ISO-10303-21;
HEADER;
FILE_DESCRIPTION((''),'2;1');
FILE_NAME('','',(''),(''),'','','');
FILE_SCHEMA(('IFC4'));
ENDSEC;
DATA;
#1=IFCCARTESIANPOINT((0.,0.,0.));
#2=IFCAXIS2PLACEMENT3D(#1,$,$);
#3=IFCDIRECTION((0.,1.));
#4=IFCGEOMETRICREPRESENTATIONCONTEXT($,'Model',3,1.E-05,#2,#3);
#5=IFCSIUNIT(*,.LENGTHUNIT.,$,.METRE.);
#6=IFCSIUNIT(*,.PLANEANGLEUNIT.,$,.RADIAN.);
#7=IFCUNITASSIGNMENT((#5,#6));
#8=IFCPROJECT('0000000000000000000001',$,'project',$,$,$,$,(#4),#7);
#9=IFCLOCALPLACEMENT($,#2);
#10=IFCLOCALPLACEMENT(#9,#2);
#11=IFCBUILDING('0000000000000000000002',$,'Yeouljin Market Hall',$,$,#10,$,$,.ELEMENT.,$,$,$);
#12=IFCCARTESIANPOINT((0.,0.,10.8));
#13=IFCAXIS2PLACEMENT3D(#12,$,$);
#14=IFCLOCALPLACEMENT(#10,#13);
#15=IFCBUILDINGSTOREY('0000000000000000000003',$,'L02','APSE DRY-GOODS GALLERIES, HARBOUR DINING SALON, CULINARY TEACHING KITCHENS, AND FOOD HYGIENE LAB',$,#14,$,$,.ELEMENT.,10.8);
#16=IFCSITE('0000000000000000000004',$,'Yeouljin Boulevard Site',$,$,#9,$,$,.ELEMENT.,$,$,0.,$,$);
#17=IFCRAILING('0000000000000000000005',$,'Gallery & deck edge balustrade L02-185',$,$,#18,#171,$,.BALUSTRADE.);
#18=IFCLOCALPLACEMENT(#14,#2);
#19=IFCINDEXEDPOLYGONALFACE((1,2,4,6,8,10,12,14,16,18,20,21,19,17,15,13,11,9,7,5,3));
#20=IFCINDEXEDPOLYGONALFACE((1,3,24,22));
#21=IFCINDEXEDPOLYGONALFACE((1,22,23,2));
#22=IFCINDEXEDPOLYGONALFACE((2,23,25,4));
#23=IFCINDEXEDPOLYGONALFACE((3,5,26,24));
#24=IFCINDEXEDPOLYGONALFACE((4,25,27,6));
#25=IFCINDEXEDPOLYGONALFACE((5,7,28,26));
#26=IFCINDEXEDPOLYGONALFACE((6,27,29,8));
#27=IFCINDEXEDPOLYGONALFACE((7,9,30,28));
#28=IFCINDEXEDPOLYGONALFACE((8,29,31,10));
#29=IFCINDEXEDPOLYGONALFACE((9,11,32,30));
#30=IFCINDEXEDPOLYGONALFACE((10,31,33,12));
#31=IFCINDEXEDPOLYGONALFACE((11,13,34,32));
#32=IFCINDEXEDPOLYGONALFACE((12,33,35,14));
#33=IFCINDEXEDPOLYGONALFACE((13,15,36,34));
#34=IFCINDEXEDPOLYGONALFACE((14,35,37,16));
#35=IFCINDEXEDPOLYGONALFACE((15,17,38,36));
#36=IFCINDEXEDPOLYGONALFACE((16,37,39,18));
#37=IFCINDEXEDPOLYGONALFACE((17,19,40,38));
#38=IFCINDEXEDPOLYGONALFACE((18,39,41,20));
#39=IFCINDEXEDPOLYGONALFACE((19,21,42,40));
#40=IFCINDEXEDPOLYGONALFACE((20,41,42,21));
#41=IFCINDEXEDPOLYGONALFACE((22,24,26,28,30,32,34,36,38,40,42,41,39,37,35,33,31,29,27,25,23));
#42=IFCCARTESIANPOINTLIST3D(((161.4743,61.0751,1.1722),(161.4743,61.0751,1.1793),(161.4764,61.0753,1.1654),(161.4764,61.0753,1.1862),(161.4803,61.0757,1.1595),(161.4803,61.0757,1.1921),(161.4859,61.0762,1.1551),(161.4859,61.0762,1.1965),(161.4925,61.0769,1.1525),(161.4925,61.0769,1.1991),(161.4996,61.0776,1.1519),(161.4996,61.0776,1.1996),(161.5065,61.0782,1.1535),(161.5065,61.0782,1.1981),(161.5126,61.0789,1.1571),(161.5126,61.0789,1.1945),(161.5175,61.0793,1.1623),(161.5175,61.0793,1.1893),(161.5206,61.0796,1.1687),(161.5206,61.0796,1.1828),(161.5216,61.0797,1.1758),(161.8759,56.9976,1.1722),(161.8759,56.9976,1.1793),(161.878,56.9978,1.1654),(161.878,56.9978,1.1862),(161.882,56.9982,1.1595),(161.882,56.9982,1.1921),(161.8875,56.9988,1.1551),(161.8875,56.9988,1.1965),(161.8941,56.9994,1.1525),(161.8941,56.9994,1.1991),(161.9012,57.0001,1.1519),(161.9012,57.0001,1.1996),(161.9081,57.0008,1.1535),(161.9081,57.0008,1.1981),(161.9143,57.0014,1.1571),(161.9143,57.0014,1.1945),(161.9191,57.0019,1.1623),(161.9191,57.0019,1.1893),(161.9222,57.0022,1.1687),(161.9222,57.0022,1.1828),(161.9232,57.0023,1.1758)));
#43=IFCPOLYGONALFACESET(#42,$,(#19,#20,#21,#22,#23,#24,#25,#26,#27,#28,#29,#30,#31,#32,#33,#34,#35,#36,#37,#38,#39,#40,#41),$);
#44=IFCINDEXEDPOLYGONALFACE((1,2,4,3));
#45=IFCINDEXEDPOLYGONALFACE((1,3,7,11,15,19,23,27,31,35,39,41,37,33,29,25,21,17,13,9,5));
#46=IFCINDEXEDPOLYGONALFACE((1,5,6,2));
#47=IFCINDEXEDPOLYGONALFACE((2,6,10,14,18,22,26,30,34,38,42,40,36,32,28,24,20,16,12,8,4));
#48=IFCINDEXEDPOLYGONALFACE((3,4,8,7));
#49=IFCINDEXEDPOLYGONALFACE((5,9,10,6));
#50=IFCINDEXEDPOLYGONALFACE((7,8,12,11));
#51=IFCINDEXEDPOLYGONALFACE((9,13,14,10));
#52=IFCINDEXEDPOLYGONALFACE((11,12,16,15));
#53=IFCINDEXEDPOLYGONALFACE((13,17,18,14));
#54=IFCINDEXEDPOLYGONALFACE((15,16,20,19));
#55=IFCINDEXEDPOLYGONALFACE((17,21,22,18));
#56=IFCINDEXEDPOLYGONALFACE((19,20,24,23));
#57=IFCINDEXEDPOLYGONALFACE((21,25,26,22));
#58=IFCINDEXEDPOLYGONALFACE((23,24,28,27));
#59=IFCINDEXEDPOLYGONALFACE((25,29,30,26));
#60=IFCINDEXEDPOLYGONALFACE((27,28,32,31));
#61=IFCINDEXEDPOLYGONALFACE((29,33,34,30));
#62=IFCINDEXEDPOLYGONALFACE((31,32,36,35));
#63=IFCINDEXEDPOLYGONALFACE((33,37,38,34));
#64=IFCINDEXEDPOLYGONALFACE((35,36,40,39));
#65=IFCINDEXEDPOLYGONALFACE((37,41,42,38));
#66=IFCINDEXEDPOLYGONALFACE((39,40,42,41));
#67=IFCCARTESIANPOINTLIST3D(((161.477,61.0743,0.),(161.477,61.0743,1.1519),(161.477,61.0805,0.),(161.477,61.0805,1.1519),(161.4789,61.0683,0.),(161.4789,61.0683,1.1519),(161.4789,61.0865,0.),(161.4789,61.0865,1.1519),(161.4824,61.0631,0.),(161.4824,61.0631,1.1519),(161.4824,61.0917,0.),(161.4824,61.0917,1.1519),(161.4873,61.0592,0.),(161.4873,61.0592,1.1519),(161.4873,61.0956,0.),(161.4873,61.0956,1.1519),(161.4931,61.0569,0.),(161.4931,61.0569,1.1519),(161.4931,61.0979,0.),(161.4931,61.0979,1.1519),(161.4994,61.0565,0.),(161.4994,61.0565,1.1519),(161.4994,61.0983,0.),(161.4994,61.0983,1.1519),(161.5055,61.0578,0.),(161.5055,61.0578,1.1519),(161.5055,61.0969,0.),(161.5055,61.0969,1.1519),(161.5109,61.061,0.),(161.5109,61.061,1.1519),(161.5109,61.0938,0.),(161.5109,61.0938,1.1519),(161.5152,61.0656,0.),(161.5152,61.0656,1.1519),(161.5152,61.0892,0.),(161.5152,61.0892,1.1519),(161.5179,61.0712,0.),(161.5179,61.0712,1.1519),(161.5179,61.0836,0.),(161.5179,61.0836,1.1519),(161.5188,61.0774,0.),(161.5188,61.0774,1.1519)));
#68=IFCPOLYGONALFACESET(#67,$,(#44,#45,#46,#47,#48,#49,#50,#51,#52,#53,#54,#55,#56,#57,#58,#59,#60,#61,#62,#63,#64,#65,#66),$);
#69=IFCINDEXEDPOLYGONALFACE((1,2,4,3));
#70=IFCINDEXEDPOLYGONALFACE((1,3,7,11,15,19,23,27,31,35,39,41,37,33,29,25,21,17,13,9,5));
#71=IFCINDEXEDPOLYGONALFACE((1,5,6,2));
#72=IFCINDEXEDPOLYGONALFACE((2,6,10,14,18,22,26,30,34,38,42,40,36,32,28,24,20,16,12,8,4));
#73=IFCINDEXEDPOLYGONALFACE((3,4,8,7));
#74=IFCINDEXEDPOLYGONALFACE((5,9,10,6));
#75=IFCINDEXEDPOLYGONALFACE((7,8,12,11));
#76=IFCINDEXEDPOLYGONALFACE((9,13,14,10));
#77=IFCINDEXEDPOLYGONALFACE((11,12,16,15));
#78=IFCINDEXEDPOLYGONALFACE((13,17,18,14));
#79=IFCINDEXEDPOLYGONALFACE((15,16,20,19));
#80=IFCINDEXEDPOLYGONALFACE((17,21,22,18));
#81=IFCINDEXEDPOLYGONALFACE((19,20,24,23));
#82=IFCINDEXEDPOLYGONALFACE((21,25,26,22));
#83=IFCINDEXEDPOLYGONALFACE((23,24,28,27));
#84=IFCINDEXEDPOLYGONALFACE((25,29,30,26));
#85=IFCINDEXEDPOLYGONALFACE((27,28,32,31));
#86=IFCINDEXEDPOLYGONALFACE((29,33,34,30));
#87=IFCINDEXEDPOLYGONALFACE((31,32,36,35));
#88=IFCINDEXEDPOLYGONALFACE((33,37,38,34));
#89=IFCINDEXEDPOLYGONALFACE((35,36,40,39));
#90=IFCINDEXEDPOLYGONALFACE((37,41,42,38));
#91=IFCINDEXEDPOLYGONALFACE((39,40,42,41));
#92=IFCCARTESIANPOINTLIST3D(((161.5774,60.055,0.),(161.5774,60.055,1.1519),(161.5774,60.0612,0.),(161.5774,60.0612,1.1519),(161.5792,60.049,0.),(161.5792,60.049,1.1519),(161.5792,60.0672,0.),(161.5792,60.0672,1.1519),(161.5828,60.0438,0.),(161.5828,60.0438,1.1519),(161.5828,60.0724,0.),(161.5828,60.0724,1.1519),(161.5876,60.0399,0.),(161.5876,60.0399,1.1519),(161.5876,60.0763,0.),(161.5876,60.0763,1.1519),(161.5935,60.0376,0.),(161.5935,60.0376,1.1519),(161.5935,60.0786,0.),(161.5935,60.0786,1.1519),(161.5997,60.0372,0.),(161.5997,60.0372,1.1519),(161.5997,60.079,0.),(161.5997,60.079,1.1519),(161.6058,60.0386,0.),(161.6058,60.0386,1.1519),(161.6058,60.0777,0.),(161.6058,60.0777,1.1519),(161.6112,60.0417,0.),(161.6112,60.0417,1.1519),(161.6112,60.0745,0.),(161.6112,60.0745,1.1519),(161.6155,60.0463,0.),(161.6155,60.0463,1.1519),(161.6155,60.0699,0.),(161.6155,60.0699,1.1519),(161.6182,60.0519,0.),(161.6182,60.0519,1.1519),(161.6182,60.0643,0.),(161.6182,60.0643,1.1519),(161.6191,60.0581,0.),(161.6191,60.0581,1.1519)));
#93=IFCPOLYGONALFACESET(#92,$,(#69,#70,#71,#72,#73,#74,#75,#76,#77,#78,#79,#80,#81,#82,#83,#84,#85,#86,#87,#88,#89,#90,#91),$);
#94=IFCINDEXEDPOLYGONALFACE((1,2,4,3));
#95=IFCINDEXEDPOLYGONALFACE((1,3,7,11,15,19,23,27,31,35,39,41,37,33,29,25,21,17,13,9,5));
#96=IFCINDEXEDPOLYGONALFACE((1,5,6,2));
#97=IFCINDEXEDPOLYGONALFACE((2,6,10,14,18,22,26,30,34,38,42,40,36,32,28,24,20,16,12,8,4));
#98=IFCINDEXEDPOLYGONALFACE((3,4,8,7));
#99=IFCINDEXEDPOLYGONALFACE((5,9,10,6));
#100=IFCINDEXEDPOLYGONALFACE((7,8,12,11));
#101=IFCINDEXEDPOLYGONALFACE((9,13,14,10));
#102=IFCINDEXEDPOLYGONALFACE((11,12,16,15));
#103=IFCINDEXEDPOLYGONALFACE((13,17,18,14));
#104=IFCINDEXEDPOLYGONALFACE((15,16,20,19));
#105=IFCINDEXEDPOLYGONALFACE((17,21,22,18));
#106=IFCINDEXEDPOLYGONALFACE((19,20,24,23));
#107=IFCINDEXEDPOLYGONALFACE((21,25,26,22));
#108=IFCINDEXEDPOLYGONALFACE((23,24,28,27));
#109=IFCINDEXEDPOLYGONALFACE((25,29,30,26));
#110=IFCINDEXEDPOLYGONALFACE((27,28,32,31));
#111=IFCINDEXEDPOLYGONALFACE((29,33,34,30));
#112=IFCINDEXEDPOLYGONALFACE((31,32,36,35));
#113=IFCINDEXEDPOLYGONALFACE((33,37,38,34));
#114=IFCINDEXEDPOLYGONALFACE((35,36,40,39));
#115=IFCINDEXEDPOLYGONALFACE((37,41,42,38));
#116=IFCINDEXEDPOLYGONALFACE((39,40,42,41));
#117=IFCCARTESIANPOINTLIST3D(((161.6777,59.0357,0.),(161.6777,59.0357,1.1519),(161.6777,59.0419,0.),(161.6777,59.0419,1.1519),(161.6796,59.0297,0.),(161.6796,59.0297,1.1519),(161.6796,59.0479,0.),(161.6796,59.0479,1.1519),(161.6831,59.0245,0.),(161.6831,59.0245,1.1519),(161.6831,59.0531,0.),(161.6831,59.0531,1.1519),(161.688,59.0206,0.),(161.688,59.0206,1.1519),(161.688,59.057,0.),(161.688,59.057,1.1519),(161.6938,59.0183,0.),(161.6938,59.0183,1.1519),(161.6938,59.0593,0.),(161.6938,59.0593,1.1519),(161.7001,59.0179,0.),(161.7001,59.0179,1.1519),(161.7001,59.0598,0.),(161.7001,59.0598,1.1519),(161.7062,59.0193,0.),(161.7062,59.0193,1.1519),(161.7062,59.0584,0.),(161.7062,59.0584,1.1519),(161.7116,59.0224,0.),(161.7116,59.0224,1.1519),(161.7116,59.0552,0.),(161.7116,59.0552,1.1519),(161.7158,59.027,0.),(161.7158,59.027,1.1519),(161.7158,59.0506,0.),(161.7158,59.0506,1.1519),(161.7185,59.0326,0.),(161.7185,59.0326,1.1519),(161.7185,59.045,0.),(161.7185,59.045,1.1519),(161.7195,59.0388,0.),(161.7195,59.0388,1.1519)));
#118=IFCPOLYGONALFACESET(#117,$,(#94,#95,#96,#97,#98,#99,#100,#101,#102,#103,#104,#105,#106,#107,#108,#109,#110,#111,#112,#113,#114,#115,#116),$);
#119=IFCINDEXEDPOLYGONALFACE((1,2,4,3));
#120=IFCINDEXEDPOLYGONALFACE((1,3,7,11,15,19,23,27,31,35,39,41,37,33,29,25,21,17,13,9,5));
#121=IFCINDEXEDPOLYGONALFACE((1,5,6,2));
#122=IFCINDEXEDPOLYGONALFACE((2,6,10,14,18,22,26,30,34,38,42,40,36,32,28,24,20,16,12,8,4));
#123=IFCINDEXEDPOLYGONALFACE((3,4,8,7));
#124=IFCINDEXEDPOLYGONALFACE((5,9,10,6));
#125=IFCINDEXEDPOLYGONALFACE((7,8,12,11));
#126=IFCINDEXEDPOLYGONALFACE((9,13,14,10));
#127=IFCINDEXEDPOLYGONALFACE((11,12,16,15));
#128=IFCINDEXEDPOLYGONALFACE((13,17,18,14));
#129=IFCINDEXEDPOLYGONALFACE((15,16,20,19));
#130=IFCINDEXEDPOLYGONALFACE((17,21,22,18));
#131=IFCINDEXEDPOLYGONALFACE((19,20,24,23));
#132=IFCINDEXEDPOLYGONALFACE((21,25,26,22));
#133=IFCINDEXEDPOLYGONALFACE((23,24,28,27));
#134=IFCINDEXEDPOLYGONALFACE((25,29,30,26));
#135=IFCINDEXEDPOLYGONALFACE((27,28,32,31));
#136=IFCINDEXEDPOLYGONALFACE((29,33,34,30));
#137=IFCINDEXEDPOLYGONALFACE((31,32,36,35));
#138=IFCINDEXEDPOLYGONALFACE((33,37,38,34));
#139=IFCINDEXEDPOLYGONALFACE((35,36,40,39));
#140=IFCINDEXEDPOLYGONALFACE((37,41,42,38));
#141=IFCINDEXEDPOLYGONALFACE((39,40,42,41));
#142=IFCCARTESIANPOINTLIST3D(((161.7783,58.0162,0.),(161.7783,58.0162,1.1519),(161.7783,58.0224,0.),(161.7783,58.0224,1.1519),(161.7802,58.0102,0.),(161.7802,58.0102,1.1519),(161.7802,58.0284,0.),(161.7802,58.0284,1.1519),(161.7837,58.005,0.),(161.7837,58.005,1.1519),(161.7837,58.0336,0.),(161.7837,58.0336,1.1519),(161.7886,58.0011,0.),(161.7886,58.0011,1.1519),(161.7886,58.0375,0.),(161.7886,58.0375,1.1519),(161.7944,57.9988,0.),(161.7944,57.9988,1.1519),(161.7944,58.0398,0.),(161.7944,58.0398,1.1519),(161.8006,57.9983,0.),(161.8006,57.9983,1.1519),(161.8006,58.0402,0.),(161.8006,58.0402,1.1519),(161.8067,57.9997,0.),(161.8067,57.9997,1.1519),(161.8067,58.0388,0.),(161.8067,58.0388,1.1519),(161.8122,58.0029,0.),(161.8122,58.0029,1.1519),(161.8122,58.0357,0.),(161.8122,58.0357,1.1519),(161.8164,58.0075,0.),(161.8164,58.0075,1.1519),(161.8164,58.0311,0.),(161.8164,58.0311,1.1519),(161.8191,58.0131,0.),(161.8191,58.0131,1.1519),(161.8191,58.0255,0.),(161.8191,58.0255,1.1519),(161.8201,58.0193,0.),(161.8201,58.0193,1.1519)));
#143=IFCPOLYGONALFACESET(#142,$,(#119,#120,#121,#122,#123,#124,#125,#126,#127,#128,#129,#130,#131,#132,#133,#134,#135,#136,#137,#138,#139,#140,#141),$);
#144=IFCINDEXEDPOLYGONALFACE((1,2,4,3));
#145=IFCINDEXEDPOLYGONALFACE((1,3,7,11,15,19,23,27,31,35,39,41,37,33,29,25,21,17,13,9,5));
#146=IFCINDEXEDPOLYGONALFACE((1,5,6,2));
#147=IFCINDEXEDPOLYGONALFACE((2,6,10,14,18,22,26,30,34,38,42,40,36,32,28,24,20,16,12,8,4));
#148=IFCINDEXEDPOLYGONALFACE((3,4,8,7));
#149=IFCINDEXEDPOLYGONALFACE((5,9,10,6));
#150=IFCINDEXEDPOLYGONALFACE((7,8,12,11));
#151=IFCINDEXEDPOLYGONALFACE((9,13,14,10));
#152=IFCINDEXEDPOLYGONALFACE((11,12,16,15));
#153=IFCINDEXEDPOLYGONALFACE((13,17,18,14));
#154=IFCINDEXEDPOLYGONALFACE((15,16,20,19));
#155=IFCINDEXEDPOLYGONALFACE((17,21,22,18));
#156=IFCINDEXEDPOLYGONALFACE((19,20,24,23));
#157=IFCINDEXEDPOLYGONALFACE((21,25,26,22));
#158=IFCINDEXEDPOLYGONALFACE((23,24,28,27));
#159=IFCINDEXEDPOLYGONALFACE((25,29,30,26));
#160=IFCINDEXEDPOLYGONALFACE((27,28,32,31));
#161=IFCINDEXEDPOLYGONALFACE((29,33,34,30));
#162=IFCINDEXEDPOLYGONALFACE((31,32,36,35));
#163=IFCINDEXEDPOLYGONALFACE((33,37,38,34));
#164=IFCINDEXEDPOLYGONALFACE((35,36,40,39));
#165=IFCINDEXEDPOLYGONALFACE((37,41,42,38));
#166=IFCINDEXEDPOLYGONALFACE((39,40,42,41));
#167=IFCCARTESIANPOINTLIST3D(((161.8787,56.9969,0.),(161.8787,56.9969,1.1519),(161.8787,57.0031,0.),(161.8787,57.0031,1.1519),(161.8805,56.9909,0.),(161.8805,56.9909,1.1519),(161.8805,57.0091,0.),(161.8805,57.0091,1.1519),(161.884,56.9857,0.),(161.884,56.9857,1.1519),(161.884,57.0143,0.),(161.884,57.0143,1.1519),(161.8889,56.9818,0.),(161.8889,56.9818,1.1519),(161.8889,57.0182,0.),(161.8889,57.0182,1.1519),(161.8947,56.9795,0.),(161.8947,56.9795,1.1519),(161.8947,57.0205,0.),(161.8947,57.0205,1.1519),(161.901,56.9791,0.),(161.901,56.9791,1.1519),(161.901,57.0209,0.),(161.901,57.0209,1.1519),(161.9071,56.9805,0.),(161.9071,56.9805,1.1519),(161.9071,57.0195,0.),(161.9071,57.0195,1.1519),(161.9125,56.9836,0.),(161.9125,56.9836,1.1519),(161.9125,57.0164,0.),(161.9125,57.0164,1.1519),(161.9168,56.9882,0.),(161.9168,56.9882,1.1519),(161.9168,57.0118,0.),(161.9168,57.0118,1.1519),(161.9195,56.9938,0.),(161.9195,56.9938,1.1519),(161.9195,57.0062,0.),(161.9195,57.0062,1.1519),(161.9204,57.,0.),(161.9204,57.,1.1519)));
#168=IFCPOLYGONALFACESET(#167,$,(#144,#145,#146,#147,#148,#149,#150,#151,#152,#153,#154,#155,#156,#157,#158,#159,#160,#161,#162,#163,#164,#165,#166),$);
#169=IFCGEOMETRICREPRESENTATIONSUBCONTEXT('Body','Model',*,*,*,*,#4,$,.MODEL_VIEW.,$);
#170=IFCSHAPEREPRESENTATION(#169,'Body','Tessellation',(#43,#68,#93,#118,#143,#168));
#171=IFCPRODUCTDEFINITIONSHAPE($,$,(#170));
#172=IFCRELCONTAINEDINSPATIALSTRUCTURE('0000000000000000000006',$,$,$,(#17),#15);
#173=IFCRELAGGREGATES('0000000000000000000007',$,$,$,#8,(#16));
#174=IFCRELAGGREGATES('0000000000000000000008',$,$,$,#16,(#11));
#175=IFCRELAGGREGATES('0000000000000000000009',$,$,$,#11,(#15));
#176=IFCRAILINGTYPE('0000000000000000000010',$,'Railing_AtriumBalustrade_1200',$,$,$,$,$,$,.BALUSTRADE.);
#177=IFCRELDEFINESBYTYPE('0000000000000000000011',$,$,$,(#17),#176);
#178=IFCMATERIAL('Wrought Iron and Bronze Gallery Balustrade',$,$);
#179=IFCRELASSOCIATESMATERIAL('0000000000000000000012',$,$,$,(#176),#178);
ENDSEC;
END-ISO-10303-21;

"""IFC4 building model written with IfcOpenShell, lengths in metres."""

from ifc_helpers import new_model, si_unit, direction, frame, origin, origin_2d, place, context, subcontext, project, spatial, circle, extrude, material, type_object, element, save


model = new_model("IFC4")

# Units and contexts
model_context = context("Model", 3, precision=1e-05, world=origin(), true_north=direction((0.0, 1.0)))
body_context = subcontext(model_context, "Body", "Model", "MODEL_VIEW")
ifc_project = project(units=[si_unit("LENGTHUNIT", "METRE"), si_unit("PLANEANGLEUNIT", "RADIAN")], contexts=[model_context])

# Site, building, storey
site_placement = place(None, origin())
site = spatial("IfcSite", under=ifc_project, at=site_placement, Name="Yeouljin Boulevard Site", CompositionType="ELEMENT", RefElevation=0.0)
building_placement = place(site_placement, origin())
building = spatial("IfcBuilding", under=site, at=building_placement, Name="Yeouljin Market Hall", CompositionType="ELEMENT")
storey_placement = place(building_placement, frame((0.0, 0.0, 10.8)))
storey = spatial("IfcBuildingStorey", under=building, at=storey_placement, Name="L02", Description="APSE DRY-GOODS GALLERIES, HARBOUR DINING SALON, CULINARY TEACHING KITCHENS, AND FOOD HYGIENE LAB", CompositionType="ELEMENT", Elevation=10.8)

# Railing
ifc_material_1 = material(Name="Wrought Iron and Bronze Gallery Balustrade")
railing_type = type_object("IfcRailingType", Name="Railing_AtriumBalustrade_1200", PredefinedType="BALUSTRADE", material=ifc_material_1)
railing_1_placement = place(storey_placement, frame((161.4978, 61.0774, 0.0)))
element("IfcRailing", 1, at=railing_1_placement, inside=storey, type_object=railing_type, Name="Gallery & deck edge balustrade L02-185", PredefinedType="BALUSTRADE", context=body_context, shape_type="SweptSolid", body=[
    extrude(circle(Radius=0.0239, at=origin_2d()), frame((0.0, 0.0, 1.1758), z_axis=(0.098023, -0.995184, 0.0), x_axis=(0.995184, 0.098023, 0.0)), (0.0, 0.0, 1.0), 4.0972),
    extrude(circle(Radius=0.021, at=origin_2d()), origin(), (0.0, 0.0, 1.0), 1.1519),
    extrude(circle(Radius=0.021, at=origin_2d()), frame((0.1003, -1.0193, 0.0)), (0.0, 0.0, 1.0), 1.1519),
    extrude(circle(Radius=0.021, at=origin_2d()), frame((0.2007, -2.0386, 0.0)), (0.0, 0.0, 1.0), 1.1519),
    extrude(circle(Radius=0.021, at=origin_2d()), frame((0.3013, -3.0581, 0.0)), (0.0, 0.0, 1.0), 1.1519),
    extrude(circle(Radius=0.021, at=origin_2d()), frame((0.4016, -4.0774, 0.0)), (0.0, 0.0, 1.0), 1.1519),
])

save(model, "model.ifc")
